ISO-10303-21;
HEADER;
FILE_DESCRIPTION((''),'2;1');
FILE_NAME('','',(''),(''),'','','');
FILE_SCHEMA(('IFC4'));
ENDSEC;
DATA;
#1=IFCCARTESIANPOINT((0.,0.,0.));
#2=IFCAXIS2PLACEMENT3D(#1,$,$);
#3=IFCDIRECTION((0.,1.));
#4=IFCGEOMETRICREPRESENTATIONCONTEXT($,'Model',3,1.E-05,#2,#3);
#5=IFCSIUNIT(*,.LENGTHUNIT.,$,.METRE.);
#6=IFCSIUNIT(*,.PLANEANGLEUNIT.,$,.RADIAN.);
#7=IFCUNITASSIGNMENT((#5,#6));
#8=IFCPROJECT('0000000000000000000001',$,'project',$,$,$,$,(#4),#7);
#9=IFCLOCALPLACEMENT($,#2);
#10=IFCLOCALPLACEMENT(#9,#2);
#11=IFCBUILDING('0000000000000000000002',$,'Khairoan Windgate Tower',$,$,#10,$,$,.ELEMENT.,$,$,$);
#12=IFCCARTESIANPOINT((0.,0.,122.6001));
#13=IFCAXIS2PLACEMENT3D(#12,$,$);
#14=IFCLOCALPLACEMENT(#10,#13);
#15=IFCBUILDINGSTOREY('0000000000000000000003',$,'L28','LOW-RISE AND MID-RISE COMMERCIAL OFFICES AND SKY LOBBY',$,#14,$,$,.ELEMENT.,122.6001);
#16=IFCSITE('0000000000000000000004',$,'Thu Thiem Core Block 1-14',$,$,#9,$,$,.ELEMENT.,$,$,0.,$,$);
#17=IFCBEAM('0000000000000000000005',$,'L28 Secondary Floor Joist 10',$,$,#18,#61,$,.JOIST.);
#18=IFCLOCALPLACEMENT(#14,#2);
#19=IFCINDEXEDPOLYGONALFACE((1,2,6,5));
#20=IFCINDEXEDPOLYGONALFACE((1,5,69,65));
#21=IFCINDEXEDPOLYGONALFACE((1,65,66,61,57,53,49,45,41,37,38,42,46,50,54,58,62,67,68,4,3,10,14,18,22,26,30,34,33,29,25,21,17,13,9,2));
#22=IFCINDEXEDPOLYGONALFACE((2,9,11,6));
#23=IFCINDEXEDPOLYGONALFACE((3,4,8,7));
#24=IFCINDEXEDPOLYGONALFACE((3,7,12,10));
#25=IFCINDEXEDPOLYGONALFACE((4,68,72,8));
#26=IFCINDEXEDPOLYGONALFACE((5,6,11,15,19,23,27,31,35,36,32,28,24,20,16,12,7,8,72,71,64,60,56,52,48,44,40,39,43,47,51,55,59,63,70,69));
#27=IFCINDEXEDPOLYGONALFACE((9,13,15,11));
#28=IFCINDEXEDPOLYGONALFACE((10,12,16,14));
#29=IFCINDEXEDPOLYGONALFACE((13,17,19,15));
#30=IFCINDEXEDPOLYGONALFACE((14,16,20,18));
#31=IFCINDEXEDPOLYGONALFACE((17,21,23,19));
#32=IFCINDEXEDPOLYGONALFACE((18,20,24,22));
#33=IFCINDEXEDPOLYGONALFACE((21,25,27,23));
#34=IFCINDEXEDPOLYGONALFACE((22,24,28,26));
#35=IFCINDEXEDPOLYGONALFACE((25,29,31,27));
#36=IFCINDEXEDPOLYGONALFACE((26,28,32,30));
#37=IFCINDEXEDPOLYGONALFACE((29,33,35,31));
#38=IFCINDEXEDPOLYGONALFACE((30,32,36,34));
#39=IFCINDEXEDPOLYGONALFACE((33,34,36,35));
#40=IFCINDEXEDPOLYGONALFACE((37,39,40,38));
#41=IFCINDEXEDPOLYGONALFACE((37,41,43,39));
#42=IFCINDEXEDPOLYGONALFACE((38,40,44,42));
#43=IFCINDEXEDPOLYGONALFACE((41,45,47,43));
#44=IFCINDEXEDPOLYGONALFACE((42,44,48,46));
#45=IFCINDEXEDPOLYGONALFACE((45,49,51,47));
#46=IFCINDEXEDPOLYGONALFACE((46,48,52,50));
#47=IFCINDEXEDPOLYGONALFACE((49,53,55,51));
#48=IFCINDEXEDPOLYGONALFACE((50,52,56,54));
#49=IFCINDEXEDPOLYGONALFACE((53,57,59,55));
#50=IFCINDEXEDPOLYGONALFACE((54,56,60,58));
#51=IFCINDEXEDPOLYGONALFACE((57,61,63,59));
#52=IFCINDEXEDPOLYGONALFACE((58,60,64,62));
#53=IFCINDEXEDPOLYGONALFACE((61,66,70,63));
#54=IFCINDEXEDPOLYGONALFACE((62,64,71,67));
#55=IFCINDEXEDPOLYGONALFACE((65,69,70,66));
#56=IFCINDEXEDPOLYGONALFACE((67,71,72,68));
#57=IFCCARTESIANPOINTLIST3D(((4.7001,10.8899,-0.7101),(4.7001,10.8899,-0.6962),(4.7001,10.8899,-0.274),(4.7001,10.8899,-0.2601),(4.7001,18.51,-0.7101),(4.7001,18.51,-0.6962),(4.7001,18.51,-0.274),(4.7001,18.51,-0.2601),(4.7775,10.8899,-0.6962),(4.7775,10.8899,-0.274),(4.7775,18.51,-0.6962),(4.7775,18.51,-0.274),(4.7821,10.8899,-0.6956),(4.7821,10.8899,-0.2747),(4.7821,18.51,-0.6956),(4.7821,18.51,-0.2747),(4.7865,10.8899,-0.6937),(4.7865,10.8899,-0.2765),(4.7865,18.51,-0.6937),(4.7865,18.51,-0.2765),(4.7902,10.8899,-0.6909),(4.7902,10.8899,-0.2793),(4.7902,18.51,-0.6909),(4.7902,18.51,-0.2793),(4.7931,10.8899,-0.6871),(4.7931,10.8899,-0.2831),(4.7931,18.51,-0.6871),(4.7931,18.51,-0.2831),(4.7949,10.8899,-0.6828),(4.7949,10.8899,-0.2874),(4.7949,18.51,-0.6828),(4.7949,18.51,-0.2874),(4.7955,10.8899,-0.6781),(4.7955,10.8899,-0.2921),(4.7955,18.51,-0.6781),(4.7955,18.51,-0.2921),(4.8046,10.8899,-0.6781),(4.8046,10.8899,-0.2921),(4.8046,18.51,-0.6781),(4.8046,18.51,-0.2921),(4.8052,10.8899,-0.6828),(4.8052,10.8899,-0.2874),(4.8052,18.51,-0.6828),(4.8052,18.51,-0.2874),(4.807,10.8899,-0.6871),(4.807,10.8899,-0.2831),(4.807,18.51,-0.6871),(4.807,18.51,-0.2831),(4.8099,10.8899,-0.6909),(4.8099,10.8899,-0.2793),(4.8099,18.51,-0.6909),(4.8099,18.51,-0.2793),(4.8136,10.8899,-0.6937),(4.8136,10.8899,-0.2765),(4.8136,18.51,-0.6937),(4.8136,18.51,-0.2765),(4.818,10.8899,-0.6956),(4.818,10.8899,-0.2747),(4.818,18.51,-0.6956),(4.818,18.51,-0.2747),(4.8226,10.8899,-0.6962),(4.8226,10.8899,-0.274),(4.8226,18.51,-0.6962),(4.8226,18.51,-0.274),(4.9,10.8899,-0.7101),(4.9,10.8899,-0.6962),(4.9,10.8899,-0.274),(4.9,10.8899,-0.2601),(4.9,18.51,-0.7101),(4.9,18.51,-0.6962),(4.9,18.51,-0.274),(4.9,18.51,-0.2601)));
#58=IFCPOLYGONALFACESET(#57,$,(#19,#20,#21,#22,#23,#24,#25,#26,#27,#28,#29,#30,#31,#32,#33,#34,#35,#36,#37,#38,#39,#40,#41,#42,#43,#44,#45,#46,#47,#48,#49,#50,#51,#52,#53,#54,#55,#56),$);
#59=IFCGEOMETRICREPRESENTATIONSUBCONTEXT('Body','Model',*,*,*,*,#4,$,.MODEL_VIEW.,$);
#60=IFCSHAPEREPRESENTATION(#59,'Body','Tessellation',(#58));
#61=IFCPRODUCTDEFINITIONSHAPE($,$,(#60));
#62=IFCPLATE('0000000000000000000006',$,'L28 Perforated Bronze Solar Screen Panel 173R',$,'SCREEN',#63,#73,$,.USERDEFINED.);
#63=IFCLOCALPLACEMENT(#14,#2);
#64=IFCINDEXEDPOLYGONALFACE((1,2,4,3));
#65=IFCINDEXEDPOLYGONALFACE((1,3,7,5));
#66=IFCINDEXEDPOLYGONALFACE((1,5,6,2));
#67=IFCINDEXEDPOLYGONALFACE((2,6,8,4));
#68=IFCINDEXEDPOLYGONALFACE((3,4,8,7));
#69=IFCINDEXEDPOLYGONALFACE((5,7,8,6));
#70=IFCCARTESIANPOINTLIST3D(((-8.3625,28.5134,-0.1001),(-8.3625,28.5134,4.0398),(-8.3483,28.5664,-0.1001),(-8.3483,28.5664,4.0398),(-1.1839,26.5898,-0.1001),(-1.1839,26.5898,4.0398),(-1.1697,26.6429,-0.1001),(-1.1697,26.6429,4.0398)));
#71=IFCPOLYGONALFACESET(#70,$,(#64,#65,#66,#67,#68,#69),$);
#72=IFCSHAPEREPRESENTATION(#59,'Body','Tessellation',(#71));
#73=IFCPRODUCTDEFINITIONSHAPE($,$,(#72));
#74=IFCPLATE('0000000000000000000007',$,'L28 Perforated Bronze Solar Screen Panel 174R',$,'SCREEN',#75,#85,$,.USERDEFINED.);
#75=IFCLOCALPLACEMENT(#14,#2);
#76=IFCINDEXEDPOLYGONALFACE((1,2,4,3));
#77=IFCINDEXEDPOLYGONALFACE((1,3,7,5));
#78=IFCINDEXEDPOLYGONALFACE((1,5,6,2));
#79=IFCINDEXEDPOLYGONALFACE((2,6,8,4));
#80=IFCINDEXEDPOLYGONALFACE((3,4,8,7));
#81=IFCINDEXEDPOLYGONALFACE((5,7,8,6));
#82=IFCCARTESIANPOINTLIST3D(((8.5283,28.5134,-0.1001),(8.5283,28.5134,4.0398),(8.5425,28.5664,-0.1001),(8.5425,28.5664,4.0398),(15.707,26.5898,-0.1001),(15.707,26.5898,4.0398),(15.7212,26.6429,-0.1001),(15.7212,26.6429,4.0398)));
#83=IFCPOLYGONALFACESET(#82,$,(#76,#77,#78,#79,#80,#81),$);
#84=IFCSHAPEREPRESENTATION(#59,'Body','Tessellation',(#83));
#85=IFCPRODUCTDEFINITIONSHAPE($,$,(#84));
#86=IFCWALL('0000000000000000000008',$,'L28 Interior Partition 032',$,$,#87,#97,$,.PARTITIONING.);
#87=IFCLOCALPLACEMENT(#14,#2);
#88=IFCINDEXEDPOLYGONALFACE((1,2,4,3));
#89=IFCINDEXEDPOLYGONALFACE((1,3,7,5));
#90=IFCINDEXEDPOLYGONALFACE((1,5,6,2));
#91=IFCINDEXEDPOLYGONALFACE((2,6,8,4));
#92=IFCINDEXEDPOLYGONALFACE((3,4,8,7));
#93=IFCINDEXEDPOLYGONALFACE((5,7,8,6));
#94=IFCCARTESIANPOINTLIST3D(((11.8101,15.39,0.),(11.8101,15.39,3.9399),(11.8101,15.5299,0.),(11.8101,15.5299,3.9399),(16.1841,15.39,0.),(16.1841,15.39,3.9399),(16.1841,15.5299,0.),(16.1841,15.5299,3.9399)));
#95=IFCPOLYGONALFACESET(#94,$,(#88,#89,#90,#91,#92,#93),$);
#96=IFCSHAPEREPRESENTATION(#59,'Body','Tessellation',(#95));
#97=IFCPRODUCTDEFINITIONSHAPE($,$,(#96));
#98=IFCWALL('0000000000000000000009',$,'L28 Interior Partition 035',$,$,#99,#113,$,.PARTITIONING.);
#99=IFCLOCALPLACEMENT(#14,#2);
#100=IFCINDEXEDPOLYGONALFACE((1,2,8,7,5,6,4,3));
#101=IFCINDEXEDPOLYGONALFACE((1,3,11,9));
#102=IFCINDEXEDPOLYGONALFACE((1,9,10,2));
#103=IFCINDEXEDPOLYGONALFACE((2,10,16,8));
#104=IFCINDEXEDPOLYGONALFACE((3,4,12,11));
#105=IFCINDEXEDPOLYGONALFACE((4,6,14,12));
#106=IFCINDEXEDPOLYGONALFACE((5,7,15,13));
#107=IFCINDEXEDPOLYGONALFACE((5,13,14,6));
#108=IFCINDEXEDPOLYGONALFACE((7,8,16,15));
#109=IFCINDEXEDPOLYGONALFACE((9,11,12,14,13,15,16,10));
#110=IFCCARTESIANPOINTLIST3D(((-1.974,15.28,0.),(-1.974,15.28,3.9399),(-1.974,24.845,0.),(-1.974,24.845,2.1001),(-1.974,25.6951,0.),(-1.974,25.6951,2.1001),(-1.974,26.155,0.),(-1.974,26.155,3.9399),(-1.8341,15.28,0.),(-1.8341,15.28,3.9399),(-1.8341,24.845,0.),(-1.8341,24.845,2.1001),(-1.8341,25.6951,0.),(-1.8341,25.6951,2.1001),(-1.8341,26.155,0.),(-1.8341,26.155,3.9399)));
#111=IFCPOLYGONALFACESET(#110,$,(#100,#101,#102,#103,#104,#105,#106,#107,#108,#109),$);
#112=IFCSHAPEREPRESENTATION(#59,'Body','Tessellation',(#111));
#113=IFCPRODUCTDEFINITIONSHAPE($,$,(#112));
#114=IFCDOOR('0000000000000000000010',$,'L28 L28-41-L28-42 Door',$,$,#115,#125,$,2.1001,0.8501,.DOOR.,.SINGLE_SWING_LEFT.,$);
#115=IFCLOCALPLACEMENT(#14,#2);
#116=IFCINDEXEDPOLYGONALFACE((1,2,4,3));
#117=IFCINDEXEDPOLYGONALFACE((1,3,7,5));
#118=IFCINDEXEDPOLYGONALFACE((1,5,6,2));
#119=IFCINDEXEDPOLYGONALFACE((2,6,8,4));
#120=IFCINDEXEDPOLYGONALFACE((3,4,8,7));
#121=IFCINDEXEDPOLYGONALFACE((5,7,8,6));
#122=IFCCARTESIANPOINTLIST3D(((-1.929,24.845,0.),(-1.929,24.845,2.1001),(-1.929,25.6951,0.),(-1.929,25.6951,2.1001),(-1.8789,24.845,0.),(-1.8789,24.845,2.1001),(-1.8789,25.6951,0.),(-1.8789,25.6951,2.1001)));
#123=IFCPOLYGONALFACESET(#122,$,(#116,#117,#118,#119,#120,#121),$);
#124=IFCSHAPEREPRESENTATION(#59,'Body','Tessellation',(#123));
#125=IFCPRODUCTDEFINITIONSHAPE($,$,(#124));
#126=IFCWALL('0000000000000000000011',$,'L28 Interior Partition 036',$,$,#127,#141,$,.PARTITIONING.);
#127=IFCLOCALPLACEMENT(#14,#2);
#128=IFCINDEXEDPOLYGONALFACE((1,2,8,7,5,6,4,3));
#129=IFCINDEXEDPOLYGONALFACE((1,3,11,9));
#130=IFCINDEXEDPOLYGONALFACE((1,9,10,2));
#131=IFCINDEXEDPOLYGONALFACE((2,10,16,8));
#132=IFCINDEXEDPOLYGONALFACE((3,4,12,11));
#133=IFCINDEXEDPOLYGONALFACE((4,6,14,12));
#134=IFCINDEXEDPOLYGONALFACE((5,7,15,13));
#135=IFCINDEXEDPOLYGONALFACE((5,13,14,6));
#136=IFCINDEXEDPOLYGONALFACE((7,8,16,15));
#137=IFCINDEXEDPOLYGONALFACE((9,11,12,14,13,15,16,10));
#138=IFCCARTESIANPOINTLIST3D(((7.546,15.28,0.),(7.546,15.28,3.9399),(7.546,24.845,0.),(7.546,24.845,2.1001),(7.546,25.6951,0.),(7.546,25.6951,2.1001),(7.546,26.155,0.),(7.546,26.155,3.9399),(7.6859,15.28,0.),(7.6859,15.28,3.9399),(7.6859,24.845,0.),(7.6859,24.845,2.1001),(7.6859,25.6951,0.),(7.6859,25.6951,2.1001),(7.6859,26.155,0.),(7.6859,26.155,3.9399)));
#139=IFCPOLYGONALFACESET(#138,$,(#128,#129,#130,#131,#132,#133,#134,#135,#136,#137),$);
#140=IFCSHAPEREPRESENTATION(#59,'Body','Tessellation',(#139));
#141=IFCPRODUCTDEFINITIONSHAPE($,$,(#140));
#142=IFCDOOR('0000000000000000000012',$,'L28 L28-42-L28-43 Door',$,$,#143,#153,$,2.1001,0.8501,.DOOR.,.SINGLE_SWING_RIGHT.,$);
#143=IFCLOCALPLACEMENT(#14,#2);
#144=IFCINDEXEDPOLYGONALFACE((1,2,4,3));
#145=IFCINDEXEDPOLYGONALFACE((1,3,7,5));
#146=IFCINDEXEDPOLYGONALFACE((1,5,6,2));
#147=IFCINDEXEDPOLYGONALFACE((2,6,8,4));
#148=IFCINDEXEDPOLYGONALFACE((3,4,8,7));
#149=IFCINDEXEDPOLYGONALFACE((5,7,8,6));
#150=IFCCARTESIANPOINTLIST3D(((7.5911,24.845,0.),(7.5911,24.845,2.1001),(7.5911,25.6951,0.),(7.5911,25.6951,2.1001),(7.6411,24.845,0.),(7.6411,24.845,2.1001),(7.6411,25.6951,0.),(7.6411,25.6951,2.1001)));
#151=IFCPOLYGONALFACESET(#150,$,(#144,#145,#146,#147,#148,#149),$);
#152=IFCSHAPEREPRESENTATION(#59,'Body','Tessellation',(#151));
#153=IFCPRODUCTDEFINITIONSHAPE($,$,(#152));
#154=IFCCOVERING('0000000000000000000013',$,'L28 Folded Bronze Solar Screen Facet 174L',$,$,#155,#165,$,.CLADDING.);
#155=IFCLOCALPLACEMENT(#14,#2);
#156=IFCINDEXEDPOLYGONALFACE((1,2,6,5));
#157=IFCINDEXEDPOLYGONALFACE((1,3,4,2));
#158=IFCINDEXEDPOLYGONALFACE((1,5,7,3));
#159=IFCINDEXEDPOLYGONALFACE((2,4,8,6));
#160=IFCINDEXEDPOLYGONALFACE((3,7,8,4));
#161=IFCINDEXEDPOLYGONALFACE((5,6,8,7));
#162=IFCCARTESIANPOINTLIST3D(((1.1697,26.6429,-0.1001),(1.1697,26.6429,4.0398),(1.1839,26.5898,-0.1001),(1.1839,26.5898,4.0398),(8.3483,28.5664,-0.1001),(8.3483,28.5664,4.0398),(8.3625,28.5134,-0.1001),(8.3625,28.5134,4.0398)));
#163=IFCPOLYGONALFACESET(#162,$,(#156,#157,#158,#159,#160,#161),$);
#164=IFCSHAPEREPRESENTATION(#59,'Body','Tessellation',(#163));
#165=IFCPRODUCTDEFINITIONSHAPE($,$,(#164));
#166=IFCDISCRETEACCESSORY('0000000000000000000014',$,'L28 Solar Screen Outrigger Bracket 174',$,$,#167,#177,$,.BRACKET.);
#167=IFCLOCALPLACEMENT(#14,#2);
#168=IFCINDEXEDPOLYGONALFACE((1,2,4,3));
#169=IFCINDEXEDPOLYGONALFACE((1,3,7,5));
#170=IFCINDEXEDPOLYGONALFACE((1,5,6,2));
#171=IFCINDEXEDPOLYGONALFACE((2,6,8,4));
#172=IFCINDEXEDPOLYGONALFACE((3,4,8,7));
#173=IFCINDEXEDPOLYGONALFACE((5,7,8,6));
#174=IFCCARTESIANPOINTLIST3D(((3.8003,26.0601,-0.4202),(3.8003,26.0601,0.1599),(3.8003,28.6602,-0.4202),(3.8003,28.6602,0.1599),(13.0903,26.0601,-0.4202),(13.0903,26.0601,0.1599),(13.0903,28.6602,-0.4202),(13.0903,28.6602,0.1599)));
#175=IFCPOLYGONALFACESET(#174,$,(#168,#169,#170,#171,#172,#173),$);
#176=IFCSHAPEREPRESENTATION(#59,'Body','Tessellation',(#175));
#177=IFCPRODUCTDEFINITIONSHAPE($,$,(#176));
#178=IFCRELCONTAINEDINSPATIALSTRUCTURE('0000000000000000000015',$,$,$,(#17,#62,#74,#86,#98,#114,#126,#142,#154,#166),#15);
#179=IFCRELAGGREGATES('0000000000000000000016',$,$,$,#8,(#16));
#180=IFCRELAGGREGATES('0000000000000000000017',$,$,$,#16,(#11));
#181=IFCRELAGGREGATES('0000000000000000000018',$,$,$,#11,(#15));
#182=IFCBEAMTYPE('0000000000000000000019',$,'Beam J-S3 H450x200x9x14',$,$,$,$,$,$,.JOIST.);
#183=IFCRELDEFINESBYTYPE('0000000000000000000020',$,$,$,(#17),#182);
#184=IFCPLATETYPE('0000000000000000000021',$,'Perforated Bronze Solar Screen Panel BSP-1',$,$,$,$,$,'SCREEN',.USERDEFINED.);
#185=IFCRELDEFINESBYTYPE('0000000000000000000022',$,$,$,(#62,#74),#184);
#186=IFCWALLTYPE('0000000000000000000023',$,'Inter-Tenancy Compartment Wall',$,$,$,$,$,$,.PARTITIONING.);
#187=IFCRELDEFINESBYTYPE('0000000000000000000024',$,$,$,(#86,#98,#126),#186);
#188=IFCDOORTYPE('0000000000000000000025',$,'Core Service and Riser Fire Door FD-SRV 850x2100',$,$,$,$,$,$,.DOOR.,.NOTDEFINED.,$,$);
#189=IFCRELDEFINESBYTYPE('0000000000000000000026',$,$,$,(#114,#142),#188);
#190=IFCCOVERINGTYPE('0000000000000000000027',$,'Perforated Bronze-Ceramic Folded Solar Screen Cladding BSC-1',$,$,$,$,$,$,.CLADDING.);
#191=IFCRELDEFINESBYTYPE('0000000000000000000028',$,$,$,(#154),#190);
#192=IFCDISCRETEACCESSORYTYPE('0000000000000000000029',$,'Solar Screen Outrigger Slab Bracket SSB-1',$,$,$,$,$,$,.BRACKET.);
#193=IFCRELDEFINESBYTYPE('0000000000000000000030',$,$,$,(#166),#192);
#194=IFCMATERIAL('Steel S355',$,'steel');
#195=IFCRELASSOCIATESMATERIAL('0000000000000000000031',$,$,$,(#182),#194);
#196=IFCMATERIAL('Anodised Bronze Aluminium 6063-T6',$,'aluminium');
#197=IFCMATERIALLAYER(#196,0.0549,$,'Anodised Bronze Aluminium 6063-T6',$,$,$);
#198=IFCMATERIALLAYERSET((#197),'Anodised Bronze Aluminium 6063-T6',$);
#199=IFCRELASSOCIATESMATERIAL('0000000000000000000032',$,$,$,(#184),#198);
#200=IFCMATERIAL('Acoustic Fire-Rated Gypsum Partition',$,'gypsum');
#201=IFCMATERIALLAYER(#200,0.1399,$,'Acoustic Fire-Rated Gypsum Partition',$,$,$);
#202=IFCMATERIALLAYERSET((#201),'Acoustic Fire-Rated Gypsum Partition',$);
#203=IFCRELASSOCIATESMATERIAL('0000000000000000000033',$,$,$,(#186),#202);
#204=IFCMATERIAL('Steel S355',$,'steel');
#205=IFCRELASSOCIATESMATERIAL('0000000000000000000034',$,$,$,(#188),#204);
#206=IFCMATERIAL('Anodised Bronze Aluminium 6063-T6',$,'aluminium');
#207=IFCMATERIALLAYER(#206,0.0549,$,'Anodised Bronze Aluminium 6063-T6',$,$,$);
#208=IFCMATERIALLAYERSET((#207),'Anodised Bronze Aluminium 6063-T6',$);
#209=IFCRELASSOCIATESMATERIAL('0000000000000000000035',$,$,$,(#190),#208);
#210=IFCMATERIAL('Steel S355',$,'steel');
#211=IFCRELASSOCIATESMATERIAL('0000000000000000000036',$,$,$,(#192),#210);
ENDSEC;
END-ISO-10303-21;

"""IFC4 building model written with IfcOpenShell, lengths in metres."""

from ifc_helpers import new_model, si_unit, direction, frame, frame_2d, origin, origin_2d, place, context, subcontext, project, spatial, rectangle, i_section, extrude, material, layer, layer_set, material_profile, profile_set, type_object, element, fill, save


model = new_model("IFC4")

# Units and contexts
model_context = context("Model", 3, precision=1e-05, world=origin(), true_north=direction((0.0, 1.0)))
body_context = subcontext(model_context, "Body", "Model", "MODEL_VIEW")
ifc_project = project(units=[si_unit("LENGTHUNIT", "METRE"), si_unit("PLANEANGLEUNIT", "RADIAN")], contexts=[model_context])

# Site, building, storey
site_placement = place(None, origin())
site = spatial("IfcSite", under=ifc_project, at=site_placement, Name="Thu Thiem Core Block 1-14", CompositionType="ELEMENT", RefElevation=0.0)
building_placement = place(site_placement, origin())
building = spatial("IfcBuilding", under=site, at=building_placement, Name="Khairoan Windgate Tower", CompositionType="ELEMENT")
storey_placement = place(building_placement, frame((0.0, 0.0, 122.6001)))
storey = spatial("IfcBuildingStorey", under=building, at=storey_placement, Name="L28", Description="LOW-RISE AND MID-RISE COMMERCIAL OFFICES AND SKY LOBBY", CompositionType="ELEMENT", Elevation=122.6001)

# Beam
ifc_material_1 = material(Name="Steel S355", Category="steel")
ifc_material_profile_1 = material_profile(ifc_material_1, i_section(OverallWidth=0.2, OverallDepth=0.45, WebThickness=0.009, FlangeThickness=0.0139, FilletRadius=0.0181, at=origin_2d()))
ifc_profile_set_1 = profile_set([ifc_material_profile_1], Name="Steel S355")
beam_type_1 = type_object("IfcBeamType", Name="Beam J-S3 H450x200x9x14", PredefinedType="JOIST", material=ifc_profile_set_1)
for number, where, z_axis, x_axis, name in (
    (1, (4.8, 10.8899, -0.4851), (0.0, 1.0, 0.0), (-1.0, 0.0, 0.0), "L28 Secondary Floor Joist 10"),
):
    element("IfcBeam", number, at=place(storey_placement, frame(where, z_axis=z_axis, x_axis=x_axis)), inside=storey, type_object=beam_type_1, Name=name, PredefinedType="JOIST", context=body_context, shape_type="SweptSolid", body=[
        extrude(i_section(OverallWidth=0.2, OverallDepth=0.45, WebThickness=0.009, FlangeThickness=0.0139, FilletRadius=0.0181, at=origin_2d()), origin(), (0.0, 0.0, 1.0), 7.6201),
    ])

# Plates
ifc_material_2 = material(Name="Anodised Bronze Aluminium 6063-T6", Category="aluminium")
ifc_layer_1 = layer(ifc_material_2, 0.0549, Name="Anodised Bronze Aluminium 6063-T6")
ifc_layer_set_1 = layer_set([ifc_layer_1], Name="Anodised Bronze Aluminium 6063-T6")
plate_type = type_object("IfcPlateType", Name="Perforated Bronze Solar Screen Panel BSP-1", ElementType="SCREEN", PredefinedType="USERDEFINED", material=ifc_layer_set_1)
for number, where, z_axis, x_axis, name in (
    (2, (-4.7661, 27.5781, -0.1001), (0.0, 0.0, 1.0), (0.965926, -0.258819, 0.0), "L28 Perforated Bronze Solar Screen Panel 173R"),
    (3, (12.1248, 27.5781, -0.1001), (0.0, 0.0, 1.0), (0.965926, -0.258819, 0.0), "L28 Perforated Bronze Solar Screen Panel 174R"),
):
    element("IfcPlate", number, at=place(storey_placement, frame(where, z_axis=z_axis, x_axis=x_axis)), inside=storey, type_object=plate_type, Name=name, ObjectType="SCREEN", PredefinedType="USERDEFINED", context=body_context, shape_type="SweptSolid", body=[
        extrude(rectangle(XDim=7.4319, YDim=0.0549, at=origin_2d()), origin(), (0.0, 0.0, 1.0), 4.1399),
    ])

# Wall
ifc_material_3 = material(Name="Acoustic Fire-Rated Gypsum Partition", Category="gypsum")
ifc_layer_2 = layer(ifc_material_3, 0.1399, Name="Acoustic Fire-Rated Gypsum Partition")
ifc_layer_set_2 = layer_set([ifc_layer_2], Name="Acoustic Fire-Rated Gypsum Partition")
wall_type = type_object("IfcWallType", Name="Inter-Tenancy Compartment Wall", PredefinedType="PARTITIONING", material=ifc_layer_set_2)
wall_1_placement = place(storey_placement, frame((11.8101, 15.46, 0.0), z_axis=(0.0, 0.0, 1.0), x_axis=(1.0, 0.0, 0.0)))
element("IfcWall", 4, at=wall_1_placement, inside=storey, type_object=wall_type, Name="L28 Interior Partition 032", PredefinedType="PARTITIONING", context=body_context, shape_type="SweptSolid", body=[
    extrude(rectangle(XDim=4.374, YDim=0.1399, at=frame_2d((2.187, 0.0))), origin(), (0.0, 0.0, 1.0), 3.9399),
])

# Walls, openings, doors
wall_2_placement = place(storey_placement, frame((-1.9041, 15.28, 0.0), z_axis=(0.0, 0.0, 1.0), x_axis=(0.0, 1.0, 0.0)))
wall_2 = element("IfcWall", 5, at=wall_2_placement, inside=storey, type_object=wall_type, Name="L28 Interior Partition 035", PredefinedType="PARTITIONING", context=body_context, shape_type="SweptSolid", body=[
    extrude(rectangle(XDim=10.875, YDim=0.1399, at=frame_2d((5.4375, 0.0))), origin(), (0.0, 0.0, 1.0), 3.9399),
])
opening_1_placement = place(wall_2_placement, frame((9.5649, 0.0, 0.0)))
opening_1 = element("IfcOpeningElement", 6, at=opening_1_placement, cuts=wall_2, PredefinedType="OPENING", context=body_context, shape_type="SweptSolid", body=[
    extrude(rectangle(XDim=0.8501, YDim=2.1001, at=frame_2d((0.425, 1.05))), frame((0.0, 0.0798, 0.0), z_axis=(0.0, -1.0, 0.0), x_axis=(1.0, 0.0, 0.0)), (0.0, 0.0, 1.0), 0.1599),
])
ifc_material_4 = material(Name="Steel S355", Category="steel")
door_type = type_object("IfcDoorType", Name="Core Service and Riser Fire Door FD-SRV 850x2100", OperationType="NOTDEFINED", PredefinedType="DOOR", material=ifc_material_4)
door_1_placement = place(opening_1_placement, origin())
door_1 = element("IfcDoor", 7, at=door_1_placement, inside=storey, type_object=door_type, Name="L28 L28-41-L28-42 Door", OperationType="SINGLE_SWING_LEFT", OverallHeight=2.1001, OverallWidth=0.8501, PredefinedType="DOOR", context=body_context, shape_type="SweptSolid", body=[
    extrude(rectangle(XDim=0.8501, YDim=2.1001, at=frame_2d((0.425, 1.05))), frame((0.0, 0.0249, 0.0), z_axis=(0.0, -1.0, 0.0), x_axis=(1.0, 0.0, 0.0)), (0.0, 0.0, 1.0), 0.05),
])
fill(opening_1, door_1)
wall_3_placement = place(storey_placement, frame((7.616, 15.28, 0.0), z_axis=(0.0, 0.0, 1.0), x_axis=(0.0, 1.0, 0.0)))
wall_3 = element("IfcWall", 8, at=wall_3_placement, inside=storey, type_object=wall_type, Name="L28 Interior Partition 036", PredefinedType="PARTITIONING", context=body_context, shape_type="SweptSolid", body=[
    extrude(rectangle(XDim=10.875, YDim=0.1399, at=frame_2d((5.4375, 0.0))), origin(), (0.0, 0.0, 1.0), 3.9399),
])
opening_2_placement = place(wall_3_placement, frame((9.5649, 0.0, 0.0)))
opening_2 = element("IfcOpeningElement", 9, at=opening_2_placement, cuts=wall_3, PredefinedType="OPENING", context=body_context, shape_type="SweptSolid", body=[
    extrude(rectangle(XDim=0.8501, YDim=2.1001, at=frame_2d((0.425, 1.05))), frame((0.0, 0.0798, 0.0), z_axis=(0.0, -1.0, 0.0), x_axis=(1.0, 0.0, 0.0)), (0.0, 0.0, 1.0), 0.1599),
])
door_2_placement = place(opening_2_placement, origin())
door_2 = element("IfcDoor", 10, at=door_2_placement, inside=storey, type_object=door_type, Name="L28 L28-42-L28-43 Door", OperationType="SINGLE_SWING_RIGHT", OverallHeight=2.1001, OverallWidth=0.8501, PredefinedType="DOOR", context=body_context, shape_type="SweptSolid", body=[
    extrude(rectangle(XDim=0.8501, YDim=2.1001, at=frame_2d((0.425, 1.05))), frame((0.0, 0.0249, 0.0), z_axis=(0.0, -1.0, 0.0), x_axis=(1.0, 0.0, 0.0)), (0.0, 0.0, 1.0), 0.05),
])
fill(opening_2, door_2)

# Covering
ifc_material_5 = material(Name="Anodised Bronze Aluminium 6063-T6", Category="aluminium")
ifc_layer_3 = layer(ifc_material_5, 0.0549, Name="Anodised Bronze Aluminium 6063-T6")
ifc_layer_set_3 = layer_set([ifc_layer_3], Name="Anodised Bronze Aluminium 6063-T6")
covering_type = type_object("IfcCoveringType", Name="Perforated Bronze-Ceramic Folded Solar Screen Cladding BSC-1", PredefinedType="CLADDING", material=ifc_layer_set_3)
covering_placement = place(storey_placement, frame((4.7661, 27.5781, -0.1001), z_axis=(0.0, 0.0, 1.0), x_axis=(0.965926, 0.258819, 0.0)))
element("IfcCovering", 11, at=covering_placement, inside=storey, type_object=covering_type, Name="L28 Folded Bronze Solar Screen Facet 174L", PredefinedType="CLADDING", context=body_context, shape_type="SweptSolid", body=[
    extrude(rectangle(XDim=7.4319, YDim=0.0549, at=origin_2d()), origin(), (0.0, 0.0, 1.0), 4.1399),
])

# Discrete accessory
ifc_material_6 = material(Name="Steel S355", Category="steel")
discrete_accessory_type = type_object("IfcDiscreteAccessoryType", Name="Solar Screen Outrigger Slab Bracket SSB-1", PredefinedType="BRACKET", material=ifc_material_6)
discrete_accessory_placement = place(storey_placement, frame((8.4453, 27.3601, -0.4202), z_axis=(0.0, 0.0, 1.0), x_axis=(1.0, 0.0, 0.0)))
element("IfcDiscreteAccessory", 12, at=discrete_accessory_placement, inside=storey, type_object=discrete_accessory_type, Name="L28 Solar Screen Outrigger Bracket 174", PredefinedType="BRACKET", context=body_context, shape_type="SweptSolid", body=[
    extrude(rectangle(XDim=9.29, YDim=2.6001, at=origin_2d()), origin(), (0.0, 0.0, 1.0), 0.5801),
])

save(model, "model.ifc")
